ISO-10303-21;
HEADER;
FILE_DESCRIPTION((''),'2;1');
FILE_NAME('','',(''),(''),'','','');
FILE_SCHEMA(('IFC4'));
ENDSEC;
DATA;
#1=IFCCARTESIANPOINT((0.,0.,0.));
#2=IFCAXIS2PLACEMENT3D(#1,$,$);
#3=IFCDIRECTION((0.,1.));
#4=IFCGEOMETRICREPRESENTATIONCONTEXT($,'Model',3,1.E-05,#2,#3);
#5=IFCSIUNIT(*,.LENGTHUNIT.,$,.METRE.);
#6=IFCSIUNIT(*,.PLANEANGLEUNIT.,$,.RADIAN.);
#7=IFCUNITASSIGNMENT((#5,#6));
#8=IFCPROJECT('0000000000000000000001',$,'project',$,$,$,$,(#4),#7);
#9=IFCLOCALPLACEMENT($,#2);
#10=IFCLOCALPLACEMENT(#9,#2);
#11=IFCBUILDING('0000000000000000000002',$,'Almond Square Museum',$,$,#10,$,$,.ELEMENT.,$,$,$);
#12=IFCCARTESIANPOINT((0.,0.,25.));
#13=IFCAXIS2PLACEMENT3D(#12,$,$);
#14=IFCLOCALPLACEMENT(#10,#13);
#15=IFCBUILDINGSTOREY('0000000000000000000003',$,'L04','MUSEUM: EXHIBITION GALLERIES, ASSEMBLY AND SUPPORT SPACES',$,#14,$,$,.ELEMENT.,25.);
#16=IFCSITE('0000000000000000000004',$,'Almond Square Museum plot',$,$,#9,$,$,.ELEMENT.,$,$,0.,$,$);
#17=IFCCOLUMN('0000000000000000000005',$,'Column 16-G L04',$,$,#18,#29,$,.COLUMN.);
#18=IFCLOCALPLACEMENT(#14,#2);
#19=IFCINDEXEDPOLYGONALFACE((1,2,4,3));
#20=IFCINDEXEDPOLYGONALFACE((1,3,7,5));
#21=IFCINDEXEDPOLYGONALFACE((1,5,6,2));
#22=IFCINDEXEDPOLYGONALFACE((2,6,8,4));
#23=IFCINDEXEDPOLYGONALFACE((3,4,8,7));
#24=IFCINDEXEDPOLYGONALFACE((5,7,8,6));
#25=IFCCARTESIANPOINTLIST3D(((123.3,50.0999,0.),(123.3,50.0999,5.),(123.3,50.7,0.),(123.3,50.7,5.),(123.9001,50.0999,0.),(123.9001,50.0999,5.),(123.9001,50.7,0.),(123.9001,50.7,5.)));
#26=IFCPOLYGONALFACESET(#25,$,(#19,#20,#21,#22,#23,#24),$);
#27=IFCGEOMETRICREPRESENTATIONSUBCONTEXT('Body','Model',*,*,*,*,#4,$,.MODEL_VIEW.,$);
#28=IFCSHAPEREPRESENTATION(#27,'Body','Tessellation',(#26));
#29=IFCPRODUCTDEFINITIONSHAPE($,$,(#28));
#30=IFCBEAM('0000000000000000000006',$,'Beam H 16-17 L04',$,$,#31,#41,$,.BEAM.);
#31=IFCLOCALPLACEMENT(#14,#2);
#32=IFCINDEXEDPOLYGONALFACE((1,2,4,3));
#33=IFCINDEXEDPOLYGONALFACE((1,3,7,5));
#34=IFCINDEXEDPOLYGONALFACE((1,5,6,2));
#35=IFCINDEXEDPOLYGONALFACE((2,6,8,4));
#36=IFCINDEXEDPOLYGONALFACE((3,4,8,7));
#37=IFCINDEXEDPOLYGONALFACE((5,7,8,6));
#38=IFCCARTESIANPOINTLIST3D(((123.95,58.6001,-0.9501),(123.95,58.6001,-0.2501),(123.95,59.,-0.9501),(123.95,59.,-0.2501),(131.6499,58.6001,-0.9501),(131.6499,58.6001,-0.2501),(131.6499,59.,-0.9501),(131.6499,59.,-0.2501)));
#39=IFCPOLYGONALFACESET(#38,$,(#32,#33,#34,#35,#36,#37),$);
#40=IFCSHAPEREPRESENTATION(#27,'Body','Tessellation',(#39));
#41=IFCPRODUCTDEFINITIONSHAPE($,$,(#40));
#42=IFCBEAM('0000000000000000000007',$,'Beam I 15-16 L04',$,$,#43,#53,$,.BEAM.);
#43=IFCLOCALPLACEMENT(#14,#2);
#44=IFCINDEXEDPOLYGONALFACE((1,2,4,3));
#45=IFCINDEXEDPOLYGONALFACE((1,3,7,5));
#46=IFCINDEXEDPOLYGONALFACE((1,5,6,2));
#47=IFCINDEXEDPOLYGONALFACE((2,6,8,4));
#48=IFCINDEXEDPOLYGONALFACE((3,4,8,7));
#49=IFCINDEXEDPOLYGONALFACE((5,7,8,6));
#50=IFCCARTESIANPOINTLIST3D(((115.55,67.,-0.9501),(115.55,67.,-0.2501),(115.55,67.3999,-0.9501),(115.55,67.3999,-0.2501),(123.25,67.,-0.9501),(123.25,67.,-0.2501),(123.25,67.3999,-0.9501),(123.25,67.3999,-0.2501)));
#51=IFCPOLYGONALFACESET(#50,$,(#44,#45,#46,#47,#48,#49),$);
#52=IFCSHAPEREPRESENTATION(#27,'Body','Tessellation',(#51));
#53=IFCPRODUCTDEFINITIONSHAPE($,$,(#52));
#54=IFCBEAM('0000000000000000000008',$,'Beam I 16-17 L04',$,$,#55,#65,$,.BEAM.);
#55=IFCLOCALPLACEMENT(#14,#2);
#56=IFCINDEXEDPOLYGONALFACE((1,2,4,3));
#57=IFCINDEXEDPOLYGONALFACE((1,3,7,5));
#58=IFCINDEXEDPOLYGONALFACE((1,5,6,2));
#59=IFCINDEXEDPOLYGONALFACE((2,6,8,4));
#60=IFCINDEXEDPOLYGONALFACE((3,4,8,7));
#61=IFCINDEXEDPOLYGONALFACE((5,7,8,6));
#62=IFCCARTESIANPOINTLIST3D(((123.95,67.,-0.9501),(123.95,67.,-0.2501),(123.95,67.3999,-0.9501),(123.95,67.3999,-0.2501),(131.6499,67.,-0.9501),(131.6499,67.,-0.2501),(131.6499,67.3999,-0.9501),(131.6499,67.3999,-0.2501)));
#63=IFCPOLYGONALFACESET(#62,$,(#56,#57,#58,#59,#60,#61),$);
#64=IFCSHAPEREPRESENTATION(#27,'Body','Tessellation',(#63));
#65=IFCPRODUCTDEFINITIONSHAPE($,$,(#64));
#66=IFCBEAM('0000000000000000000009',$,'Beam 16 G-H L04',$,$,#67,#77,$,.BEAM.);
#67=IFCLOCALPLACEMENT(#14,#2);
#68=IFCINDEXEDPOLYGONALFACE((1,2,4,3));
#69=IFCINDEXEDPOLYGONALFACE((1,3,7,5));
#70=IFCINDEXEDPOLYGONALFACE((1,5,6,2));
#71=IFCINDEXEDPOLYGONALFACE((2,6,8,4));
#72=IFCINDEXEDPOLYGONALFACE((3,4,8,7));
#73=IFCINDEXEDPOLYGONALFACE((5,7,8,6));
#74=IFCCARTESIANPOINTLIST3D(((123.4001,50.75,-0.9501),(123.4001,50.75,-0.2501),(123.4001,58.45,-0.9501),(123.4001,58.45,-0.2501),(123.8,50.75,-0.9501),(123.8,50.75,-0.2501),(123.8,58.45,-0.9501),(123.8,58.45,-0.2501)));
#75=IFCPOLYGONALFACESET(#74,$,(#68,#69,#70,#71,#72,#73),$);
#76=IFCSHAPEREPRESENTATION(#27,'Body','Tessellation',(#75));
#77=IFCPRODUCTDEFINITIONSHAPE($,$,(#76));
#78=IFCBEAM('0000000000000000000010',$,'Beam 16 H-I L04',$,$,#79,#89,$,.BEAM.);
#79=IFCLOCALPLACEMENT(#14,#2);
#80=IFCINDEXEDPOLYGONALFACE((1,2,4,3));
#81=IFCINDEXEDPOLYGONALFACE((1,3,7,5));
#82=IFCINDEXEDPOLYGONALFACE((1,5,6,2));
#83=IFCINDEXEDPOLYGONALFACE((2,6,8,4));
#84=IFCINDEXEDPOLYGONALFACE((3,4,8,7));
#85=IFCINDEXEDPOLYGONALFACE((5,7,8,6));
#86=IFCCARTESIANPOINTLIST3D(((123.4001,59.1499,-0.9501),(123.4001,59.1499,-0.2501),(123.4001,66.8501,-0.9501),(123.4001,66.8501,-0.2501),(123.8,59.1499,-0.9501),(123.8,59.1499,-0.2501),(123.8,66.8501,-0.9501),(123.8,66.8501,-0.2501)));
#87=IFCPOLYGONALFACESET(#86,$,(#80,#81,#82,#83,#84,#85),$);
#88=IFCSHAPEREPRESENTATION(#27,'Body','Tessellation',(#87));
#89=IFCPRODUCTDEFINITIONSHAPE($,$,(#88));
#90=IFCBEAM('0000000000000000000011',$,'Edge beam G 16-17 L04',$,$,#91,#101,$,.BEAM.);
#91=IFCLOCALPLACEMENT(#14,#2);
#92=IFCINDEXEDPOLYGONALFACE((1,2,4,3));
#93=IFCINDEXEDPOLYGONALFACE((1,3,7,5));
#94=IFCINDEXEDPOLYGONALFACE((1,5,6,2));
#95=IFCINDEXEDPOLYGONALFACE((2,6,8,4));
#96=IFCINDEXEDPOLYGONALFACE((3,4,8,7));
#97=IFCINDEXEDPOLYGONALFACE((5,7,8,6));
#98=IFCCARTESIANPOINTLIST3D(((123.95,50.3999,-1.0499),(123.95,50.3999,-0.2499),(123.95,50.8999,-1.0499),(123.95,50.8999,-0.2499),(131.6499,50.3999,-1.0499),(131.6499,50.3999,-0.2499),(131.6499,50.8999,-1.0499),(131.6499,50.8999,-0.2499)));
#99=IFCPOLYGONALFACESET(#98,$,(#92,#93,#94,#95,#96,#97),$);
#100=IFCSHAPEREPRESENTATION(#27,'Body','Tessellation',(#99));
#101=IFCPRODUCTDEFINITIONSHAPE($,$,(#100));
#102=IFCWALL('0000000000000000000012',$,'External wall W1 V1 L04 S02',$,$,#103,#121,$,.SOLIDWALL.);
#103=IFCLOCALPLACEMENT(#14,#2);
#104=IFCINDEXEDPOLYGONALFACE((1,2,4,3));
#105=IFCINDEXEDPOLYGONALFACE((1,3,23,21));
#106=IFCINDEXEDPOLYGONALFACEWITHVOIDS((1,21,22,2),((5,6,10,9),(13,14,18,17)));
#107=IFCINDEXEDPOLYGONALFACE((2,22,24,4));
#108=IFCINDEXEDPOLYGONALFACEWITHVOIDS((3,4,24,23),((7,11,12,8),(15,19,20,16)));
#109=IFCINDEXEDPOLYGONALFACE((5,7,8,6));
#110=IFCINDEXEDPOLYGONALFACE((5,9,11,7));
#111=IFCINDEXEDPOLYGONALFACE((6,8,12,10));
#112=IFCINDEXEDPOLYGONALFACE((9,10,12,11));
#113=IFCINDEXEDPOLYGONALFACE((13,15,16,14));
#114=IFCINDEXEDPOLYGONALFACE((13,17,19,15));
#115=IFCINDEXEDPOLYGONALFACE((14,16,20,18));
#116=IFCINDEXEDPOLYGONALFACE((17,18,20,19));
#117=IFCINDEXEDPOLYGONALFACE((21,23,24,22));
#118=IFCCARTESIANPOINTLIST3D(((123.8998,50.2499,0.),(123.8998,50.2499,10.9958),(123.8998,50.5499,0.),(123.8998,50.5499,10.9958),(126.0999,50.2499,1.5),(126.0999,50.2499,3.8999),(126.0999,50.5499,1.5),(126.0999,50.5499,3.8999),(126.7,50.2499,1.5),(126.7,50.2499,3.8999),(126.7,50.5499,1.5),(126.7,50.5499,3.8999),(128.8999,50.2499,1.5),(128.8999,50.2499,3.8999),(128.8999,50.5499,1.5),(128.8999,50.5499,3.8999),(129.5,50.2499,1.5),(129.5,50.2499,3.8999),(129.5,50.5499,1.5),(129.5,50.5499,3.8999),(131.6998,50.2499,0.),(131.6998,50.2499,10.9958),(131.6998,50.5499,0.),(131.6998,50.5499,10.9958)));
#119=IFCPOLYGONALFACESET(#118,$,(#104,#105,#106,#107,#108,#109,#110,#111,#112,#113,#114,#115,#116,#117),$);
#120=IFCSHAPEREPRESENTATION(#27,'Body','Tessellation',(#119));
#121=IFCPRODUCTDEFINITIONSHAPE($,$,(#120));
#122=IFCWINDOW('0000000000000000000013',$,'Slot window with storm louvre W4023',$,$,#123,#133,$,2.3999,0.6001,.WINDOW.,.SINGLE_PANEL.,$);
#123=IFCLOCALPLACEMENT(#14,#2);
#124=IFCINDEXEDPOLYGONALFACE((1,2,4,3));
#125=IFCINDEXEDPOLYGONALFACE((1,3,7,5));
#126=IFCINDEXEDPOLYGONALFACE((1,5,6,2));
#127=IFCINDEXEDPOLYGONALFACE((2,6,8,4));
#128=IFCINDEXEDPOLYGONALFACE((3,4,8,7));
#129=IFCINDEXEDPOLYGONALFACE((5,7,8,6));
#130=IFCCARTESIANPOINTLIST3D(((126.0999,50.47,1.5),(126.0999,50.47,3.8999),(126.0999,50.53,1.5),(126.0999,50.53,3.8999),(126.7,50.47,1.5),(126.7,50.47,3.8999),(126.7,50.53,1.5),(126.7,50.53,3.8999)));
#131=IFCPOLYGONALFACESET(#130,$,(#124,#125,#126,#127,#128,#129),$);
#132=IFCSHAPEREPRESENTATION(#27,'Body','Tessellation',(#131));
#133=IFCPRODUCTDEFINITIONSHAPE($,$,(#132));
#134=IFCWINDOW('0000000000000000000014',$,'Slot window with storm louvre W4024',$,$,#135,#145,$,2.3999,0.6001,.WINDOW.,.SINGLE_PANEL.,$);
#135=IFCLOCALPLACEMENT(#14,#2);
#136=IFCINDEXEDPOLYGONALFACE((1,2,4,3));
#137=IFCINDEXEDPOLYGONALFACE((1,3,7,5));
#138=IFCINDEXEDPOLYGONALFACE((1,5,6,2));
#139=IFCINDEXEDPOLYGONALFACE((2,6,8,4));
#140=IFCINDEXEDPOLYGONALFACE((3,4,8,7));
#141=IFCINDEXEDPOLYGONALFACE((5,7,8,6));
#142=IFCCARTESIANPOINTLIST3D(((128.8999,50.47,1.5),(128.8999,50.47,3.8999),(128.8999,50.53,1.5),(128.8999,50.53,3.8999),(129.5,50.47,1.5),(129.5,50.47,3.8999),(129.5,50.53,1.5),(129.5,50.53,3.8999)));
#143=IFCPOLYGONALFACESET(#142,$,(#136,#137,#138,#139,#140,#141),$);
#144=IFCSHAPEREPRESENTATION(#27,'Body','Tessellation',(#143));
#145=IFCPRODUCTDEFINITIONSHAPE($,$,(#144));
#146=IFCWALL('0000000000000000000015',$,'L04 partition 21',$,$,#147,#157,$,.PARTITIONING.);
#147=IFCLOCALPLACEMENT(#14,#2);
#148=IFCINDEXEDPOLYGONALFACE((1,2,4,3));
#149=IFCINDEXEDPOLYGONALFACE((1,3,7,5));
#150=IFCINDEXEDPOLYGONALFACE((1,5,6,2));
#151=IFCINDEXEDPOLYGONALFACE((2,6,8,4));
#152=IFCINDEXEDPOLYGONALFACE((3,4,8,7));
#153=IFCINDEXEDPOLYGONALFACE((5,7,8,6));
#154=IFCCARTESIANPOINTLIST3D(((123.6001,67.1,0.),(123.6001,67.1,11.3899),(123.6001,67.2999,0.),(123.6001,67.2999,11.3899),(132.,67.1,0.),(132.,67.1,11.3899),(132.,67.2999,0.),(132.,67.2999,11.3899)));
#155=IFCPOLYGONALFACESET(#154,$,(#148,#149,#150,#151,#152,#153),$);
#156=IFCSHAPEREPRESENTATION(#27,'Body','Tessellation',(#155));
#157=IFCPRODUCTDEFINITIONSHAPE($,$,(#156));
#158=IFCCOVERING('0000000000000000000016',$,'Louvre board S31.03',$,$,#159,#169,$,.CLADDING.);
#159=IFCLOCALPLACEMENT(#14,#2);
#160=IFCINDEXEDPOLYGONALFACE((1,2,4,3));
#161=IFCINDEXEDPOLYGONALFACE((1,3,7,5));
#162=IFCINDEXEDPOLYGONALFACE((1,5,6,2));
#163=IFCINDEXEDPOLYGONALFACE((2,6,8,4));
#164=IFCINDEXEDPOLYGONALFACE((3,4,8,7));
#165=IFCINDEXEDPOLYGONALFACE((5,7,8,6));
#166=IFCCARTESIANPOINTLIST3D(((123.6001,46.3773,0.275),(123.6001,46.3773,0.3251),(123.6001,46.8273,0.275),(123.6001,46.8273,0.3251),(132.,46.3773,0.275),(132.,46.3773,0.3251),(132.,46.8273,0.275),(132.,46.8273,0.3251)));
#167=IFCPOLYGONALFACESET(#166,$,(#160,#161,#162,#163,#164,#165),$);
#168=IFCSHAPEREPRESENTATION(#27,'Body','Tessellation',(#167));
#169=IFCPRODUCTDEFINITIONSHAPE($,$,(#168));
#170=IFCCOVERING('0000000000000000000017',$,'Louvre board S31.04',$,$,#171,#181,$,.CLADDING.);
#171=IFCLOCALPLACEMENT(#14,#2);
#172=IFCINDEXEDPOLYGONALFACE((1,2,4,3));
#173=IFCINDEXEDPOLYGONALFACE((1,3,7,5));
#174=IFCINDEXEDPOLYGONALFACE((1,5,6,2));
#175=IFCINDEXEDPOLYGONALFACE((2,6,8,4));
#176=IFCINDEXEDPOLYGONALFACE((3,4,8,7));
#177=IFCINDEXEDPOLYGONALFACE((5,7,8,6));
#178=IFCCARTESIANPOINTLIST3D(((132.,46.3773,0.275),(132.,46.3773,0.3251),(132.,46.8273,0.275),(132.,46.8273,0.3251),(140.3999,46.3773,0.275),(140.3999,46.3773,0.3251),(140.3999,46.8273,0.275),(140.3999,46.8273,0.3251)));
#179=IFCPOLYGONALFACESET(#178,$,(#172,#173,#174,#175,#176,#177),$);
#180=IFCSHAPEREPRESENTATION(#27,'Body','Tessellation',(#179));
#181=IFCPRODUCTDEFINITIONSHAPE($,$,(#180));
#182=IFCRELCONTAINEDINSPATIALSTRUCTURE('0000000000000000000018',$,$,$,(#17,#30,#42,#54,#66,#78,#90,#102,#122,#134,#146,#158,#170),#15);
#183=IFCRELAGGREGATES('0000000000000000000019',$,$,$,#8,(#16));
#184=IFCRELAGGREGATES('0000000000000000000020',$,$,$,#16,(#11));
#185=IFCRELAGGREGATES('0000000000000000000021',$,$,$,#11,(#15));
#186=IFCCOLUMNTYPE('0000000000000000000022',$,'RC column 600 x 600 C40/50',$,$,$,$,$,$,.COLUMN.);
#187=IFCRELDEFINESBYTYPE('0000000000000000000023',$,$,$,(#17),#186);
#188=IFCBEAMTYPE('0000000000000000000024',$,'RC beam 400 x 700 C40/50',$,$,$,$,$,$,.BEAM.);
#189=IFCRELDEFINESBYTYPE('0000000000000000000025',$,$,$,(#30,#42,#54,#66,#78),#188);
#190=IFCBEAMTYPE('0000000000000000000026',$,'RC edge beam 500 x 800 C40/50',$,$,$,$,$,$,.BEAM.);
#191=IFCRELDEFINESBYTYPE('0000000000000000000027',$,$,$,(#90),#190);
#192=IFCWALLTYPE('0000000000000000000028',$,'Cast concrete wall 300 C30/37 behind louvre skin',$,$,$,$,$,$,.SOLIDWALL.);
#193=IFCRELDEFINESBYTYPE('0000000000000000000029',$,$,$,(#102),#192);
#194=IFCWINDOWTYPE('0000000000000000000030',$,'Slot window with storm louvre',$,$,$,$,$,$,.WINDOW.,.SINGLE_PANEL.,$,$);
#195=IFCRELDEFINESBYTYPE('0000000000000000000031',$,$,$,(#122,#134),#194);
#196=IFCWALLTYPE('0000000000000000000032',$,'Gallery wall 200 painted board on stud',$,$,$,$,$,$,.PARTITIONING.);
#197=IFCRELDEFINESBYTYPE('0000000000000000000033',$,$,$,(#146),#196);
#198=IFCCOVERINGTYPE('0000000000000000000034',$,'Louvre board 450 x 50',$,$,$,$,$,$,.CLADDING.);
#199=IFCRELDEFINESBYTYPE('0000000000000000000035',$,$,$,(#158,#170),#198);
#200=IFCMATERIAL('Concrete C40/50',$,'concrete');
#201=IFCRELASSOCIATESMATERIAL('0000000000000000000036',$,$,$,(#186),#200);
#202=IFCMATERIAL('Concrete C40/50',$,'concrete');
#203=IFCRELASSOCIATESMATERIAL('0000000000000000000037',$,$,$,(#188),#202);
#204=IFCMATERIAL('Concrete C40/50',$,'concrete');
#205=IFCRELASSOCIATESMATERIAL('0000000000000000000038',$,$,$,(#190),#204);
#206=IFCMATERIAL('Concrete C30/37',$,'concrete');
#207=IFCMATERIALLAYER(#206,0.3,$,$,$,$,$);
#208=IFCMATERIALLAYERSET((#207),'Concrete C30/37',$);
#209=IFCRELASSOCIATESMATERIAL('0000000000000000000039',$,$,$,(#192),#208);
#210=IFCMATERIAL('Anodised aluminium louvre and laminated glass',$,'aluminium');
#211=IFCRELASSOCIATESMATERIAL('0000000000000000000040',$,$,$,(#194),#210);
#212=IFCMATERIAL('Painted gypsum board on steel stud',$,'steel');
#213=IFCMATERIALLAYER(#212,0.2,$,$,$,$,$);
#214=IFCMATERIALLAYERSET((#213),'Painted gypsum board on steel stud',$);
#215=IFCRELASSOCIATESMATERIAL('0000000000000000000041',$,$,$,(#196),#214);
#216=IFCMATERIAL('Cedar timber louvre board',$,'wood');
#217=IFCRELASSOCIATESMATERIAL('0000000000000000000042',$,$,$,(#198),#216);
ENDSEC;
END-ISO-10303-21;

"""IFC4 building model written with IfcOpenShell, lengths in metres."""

from ifc_helpers import new_model, si_unit, direction, frame, frame_2d, origin, origin_2d, place, context, subcontext, project, spatial, rectangle, extrude, material, layer, layer_set, material_profile, profile_set, type_object, element, fill, save


model = new_model("IFC4")

# Units and contexts
model_context = context("Model", 3, precision=1e-05, world=origin(), true_north=direction((0.0, 1.0)))
body_context = subcontext(model_context, "Body", "Model", "MODEL_VIEW")
ifc_project = project(units=[si_unit("LENGTHUNIT", "METRE"), si_unit("PLANEANGLEUNIT", "RADIAN")], contexts=[model_context])

# Site, building, storey
site_placement = place(None, origin())
site = spatial("IfcSite", under=ifc_project, at=site_placement, Name="Almond Square Museum plot", CompositionType="ELEMENT", RefElevation=0.0)
building_placement = place(site_placement, origin())
building = spatial("IfcBuilding", under=site, at=building_placement, Name="Almond Square Museum", CompositionType="ELEMENT")
storey_placement = place(building_placement, frame((0.0, 0.0, 25.0)))
storey = spatial("IfcBuildingStorey", under=building, at=storey_placement, Name="L04", Description="MUSEUM: EXHIBITION GALLERIES, ASSEMBLY AND SUPPORT SPACES", CompositionType="ELEMENT", Elevation=25.0)

# Column
ifc_material_1 = material(Name="Concrete C40/50", Category="concrete")
ifc_material_profile_1 = material_profile(ifc_material_1, rectangle(XDim=0.6001, YDim=0.6001, at=origin_2d()))
ifc_profile_set_1 = profile_set([ifc_material_profile_1], Name="Concrete C40/50")
column_type = type_object("IfcColumnType", Name="RC column 600 x 600 C40/50", PredefinedType="COLUMN", material=ifc_profile_set_1)
column_placement = place(storey_placement, frame((123.6001, 50.3999, 0.0), z_axis=(0.0, 0.0, 1.0), x_axis=(1.0, 0.0, 0.0)))
element("IfcColumn", 1, at=column_placement, inside=storey, type_object=column_type, Name="Column 16-G L04", PredefinedType="COLUMN", context=body_context, shape_type="SweptSolid", body=[
    extrude(rectangle(XDim=0.6001, YDim=0.6001, at=origin_2d()), origin(), (0.0, 0.0, 1.0), 5.0),
])

# Beams
ifc_material_2 = material(Name="Concrete C40/50", Category="concrete")
ifc_material_profile_2 = material_profile(ifc_material_2, rectangle(XDim=0.3999, YDim=0.7, at=origin_2d()))
ifc_profile_set_2 = profile_set([ifc_material_profile_2], Name="Concrete C40/50")
beam_type_1 = type_object("IfcBeamType", Name="RC beam 400 x 700 C40/50", PredefinedType="BEAM", material=ifc_profile_set_2)
for number, where, z_axis, x_axis, name in (
    (2, (123.95, 58.8, -0.6001), (1.0, 0.0, 0.0), (0.0, 1.0, 0.0), "Beam H 16-17 L04"),
    (3, (115.55, 67.2, -0.6001), (1.0, 0.0, 0.0), (0.0, 1.0, 0.0), "Beam I 15-16 L04"),
    (4, (123.95, 67.2, -0.6001), (1.0, 0.0, 0.0), (0.0, 1.0, 0.0), "Beam I 16-17 L04"),
    (5, (123.6001, 50.75, -0.6001), (0.0, 1.0, 0.0), (-1.0, 0.0, 0.0), "Beam 16 G-H L04"),
):
    element("IfcBeam", number, at=place(storey_placement, frame(where, z_axis=z_axis, x_axis=x_axis)), inside=storey, type_object=beam_type_1, Name=name, PredefinedType="BEAM", context=body_context, shape_type="SweptSolid", body=[
        extrude(rectangle(XDim=0.3999, YDim=0.7, at=origin_2d()), origin(), (0.0, 0.0, 1.0), 7.7),
    ])
beam_1_placement = place(storey_placement, frame((123.6001, 59.1499, -0.6001), z_axis=(0.0, 1.0, 0.0), x_axis=(-1.0, 0.0, 0.0)))
element("IfcBeam", 6, at=beam_1_placement, inside=storey, type_object=beam_type_1, Name="Beam 16 H-I L04", PredefinedType="BEAM", context=body_context, shape_type="SweptSolid", body=[
    extrude(rectangle(XDim=0.3999, YDim=0.7, at=origin_2d()), origin(), (0.0, 0.0, 1.0), 7.7002),
])
ifc_material_3 = material(Name="Concrete C40/50", Category="concrete")
ifc_material_profile_3 = material_profile(ifc_material_3, rectangle(XDim=0.5, YDim=0.8, at=origin_2d()))
ifc_profile_set_3 = profile_set([ifc_material_profile_3], Name="Concrete C40/50")
beam_type_2 = type_object("IfcBeamType", Name="RC edge beam 500 x 800 C40/50", PredefinedType="BEAM", material=ifc_profile_set_3)
beam_2_placement = place(storey_placement, frame((123.95, 50.6499, -0.6499), z_axis=(1.0, 0.0, 0.0), x_axis=(0.0, 1.0, 0.0)))
element("IfcBeam", 7, at=beam_2_placement, inside=storey, type_object=beam_type_2, Name="Edge beam G 16-17 L04", PredefinedType="BEAM", context=body_context, shape_type="SweptSolid", body=[
    extrude(rectangle(XDim=0.5, YDim=0.8, at=origin_2d()), origin(), (0.0, 0.0, 1.0), 7.7),
])

# Wall, openings, windows
ifc_material_4 = material(Name="Concrete C30/37", Category="concrete")
ifc_layer_1 = layer(ifc_material_4, 0.3)
ifc_layer_set_1 = layer_set([ifc_layer_1], Name="Concrete C30/37")
wall_type_1 = type_object("IfcWallType", Name="Cast concrete wall 300 C30/37 behind louvre skin", PredefinedType="SOLIDWALL", material=ifc_layer_set_1)
wall_1_placement = place(storey_placement, frame((123.8999, 50.3999, 0.0), z_axis=(0.0, 0.0, 1.0), x_axis=(1.0, 0.0, 0.0)))
wall_1 = element("IfcWall", 8, at=wall_1_placement, inside=storey, type_object=wall_type_1, Name="External wall W1 V1 L04 S02", PredefinedType="SOLIDWALL", context=body_context, shape_type="SweptSolid", body=[
    extrude(rectangle(XDim=7.8, YDim=0.3, at=frame_2d((3.8999, 0.0))), origin(), (0.0, 0.0, 1.0), 10.9958),
])
opening_1_placement = place(wall_1_placement, frame((2.2, 0.0, 1.5)))
opening_1 = element("IfcOpeningElement", 9, at=opening_1_placement, cuts=wall_1, PredefinedType="OPENING", context=body_context, shape_type="SweptSolid", body=[
    extrude(rectangle(XDim=0.6001, YDim=2.3999, at=frame_2d((0.3, 1.2))), frame((0.0, 0.1599, 0.0), z_axis=(0.0, -1.0, 0.0), x_axis=(1.0, 0.0, 0.0)), (0.0, 0.0, 1.0), 0.3201),
])
opening_2_placement = place(wall_1_placement, frame((5.0, 0.0, 1.5)))
opening_2 = element("IfcOpeningElement", 10, at=opening_2_placement, cuts=wall_1, PredefinedType="OPENING", context=body_context, shape_type="SweptSolid", body=[
    extrude(rectangle(XDim=0.6001, YDim=2.3999, at=frame_2d((0.3, 1.2))), frame((0.0, 0.1599, 0.0), z_axis=(0.0, -1.0, 0.0), x_axis=(1.0, 0.0, 0.0)), (0.0, 0.0, 1.0), 0.3201),
])
ifc_material_5 = material(Name="Anodised aluminium louvre and laminated glass", Category="aluminium")
window_type = type_object("IfcWindowType", Name="Slot window with storm louvre", PartitioningType="SINGLE_PANEL", PredefinedType="WINDOW", material=ifc_material_5)
window_1_placement = place(opening_1_placement, origin())
window_1 = element("IfcWindow", 11, at=window_1_placement, inside=storey, type_object=window_type, Name="Slot window with storm louvre W4023", OverallHeight=2.3999, OverallWidth=0.6001, PartitioningType="SINGLE_PANEL", PredefinedType="WINDOW", context=body_context, shape_type="SweptSolid", body=[
    extrude(rectangle(XDim=0.6001, YDim=2.3999, at=frame_2d((0.3, 1.2))), frame((0.0, 0.1301, 0.0), z_axis=(0.0, -1.0, 0.0), x_axis=(1.0, 0.0, 0.0)), (0.0, 0.0, 1.0), 0.0601),
])
fill(opening_1, window_1)
window_2_placement = place(opening_2_placement, origin())
window_2 = element("IfcWindow", 12, at=window_2_placement, inside=storey, type_object=window_type, Name="Slot window with storm louvre W4024", OverallHeight=2.3999, OverallWidth=0.6001, PartitioningType="SINGLE_PANEL", PredefinedType="WINDOW", context=body_context, shape_type="SweptSolid", body=[
    extrude(rectangle(XDim=0.6001, YDim=2.3999, at=frame_2d((0.3, 1.2))), frame((0.0, 0.1301, 0.0), z_axis=(0.0, -1.0, 0.0), x_axis=(1.0, 0.0, 0.0)), (0.0, 0.0, 1.0), 0.0601),
])
fill(opening_2, window_2)

# Wall
ifc_material_6 = material(Name="Painted gypsum board on steel stud", Category="steel")
ifc_layer_2 = layer(ifc_material_6, 0.2)
ifc_layer_set_2 = layer_set([ifc_layer_2], Name="Painted gypsum board on steel stud")
wall_type_2 = type_object("IfcWallType", Name="Gallery wall 200 painted board on stud", PredefinedType="PARTITIONING", material=ifc_layer_set_2)
wall_2_placement = place(storey_placement, frame((123.6001, 67.2, 0.0), z_axis=(0.0, 0.0, 1.0), x_axis=(1.0, 0.0, 0.0)))
element("IfcWall", 13, at=wall_2_placement, inside=storey, type_object=wall_type_2, Name="L04 partition 21", PredefinedType="PARTITIONING", context=body_context, shape_type="SweptSolid", body=[
    extrude(rectangle(XDim=8.3999, YDim=0.2, at=frame_2d((4.2, 0.0))), origin(), (0.0, 0.0, 1.0), 11.3899),
])

# Coverings
ifc_material_7 = material(Name="Cedar timber louvre board", Category="wood")
ifc_material_profile_4 = material_profile(ifc_material_7, rectangle(XDim=0.45, YDim=0.05, at=origin_2d()))
ifc_profile_set_4 = profile_set([ifc_material_profile_4], Name="Cedar timber louvre board")
covering_type_1 = type_object("IfcCoveringType", Name="Louvre board 450 x 50", PredefinedType="CLADDING", material=ifc_profile_set_4)
for number, where, z_axis, x_axis, name in (
    (14, (123.6001, 46.6023, 0.3), (1.0, 0.0, 0.0), (0.0, 1.0, 0.0), "Louvre board S31.03"),
    (15, (132.0, 46.6023, 0.3), (1.0, 0.0, 0.0), (0.0, 1.0, 0.0), "Louvre board S31.04"),
):
    element("IfcCovering", number, at=place(storey_placement, frame(where, z_axis=z_axis, x_axis=x_axis)), inside=storey, type_object=covering_type_1, Name=name, PredefinedType="CLADDING", context=body_context, shape_type="SweptSolid", body=[
        extrude(rectangle(XDim=0.45, YDim=0.05, at=origin_2d()), origin(), (0.0, 0.0, 1.0), 8.3999),
    ])

save(model, "model.ifc")
